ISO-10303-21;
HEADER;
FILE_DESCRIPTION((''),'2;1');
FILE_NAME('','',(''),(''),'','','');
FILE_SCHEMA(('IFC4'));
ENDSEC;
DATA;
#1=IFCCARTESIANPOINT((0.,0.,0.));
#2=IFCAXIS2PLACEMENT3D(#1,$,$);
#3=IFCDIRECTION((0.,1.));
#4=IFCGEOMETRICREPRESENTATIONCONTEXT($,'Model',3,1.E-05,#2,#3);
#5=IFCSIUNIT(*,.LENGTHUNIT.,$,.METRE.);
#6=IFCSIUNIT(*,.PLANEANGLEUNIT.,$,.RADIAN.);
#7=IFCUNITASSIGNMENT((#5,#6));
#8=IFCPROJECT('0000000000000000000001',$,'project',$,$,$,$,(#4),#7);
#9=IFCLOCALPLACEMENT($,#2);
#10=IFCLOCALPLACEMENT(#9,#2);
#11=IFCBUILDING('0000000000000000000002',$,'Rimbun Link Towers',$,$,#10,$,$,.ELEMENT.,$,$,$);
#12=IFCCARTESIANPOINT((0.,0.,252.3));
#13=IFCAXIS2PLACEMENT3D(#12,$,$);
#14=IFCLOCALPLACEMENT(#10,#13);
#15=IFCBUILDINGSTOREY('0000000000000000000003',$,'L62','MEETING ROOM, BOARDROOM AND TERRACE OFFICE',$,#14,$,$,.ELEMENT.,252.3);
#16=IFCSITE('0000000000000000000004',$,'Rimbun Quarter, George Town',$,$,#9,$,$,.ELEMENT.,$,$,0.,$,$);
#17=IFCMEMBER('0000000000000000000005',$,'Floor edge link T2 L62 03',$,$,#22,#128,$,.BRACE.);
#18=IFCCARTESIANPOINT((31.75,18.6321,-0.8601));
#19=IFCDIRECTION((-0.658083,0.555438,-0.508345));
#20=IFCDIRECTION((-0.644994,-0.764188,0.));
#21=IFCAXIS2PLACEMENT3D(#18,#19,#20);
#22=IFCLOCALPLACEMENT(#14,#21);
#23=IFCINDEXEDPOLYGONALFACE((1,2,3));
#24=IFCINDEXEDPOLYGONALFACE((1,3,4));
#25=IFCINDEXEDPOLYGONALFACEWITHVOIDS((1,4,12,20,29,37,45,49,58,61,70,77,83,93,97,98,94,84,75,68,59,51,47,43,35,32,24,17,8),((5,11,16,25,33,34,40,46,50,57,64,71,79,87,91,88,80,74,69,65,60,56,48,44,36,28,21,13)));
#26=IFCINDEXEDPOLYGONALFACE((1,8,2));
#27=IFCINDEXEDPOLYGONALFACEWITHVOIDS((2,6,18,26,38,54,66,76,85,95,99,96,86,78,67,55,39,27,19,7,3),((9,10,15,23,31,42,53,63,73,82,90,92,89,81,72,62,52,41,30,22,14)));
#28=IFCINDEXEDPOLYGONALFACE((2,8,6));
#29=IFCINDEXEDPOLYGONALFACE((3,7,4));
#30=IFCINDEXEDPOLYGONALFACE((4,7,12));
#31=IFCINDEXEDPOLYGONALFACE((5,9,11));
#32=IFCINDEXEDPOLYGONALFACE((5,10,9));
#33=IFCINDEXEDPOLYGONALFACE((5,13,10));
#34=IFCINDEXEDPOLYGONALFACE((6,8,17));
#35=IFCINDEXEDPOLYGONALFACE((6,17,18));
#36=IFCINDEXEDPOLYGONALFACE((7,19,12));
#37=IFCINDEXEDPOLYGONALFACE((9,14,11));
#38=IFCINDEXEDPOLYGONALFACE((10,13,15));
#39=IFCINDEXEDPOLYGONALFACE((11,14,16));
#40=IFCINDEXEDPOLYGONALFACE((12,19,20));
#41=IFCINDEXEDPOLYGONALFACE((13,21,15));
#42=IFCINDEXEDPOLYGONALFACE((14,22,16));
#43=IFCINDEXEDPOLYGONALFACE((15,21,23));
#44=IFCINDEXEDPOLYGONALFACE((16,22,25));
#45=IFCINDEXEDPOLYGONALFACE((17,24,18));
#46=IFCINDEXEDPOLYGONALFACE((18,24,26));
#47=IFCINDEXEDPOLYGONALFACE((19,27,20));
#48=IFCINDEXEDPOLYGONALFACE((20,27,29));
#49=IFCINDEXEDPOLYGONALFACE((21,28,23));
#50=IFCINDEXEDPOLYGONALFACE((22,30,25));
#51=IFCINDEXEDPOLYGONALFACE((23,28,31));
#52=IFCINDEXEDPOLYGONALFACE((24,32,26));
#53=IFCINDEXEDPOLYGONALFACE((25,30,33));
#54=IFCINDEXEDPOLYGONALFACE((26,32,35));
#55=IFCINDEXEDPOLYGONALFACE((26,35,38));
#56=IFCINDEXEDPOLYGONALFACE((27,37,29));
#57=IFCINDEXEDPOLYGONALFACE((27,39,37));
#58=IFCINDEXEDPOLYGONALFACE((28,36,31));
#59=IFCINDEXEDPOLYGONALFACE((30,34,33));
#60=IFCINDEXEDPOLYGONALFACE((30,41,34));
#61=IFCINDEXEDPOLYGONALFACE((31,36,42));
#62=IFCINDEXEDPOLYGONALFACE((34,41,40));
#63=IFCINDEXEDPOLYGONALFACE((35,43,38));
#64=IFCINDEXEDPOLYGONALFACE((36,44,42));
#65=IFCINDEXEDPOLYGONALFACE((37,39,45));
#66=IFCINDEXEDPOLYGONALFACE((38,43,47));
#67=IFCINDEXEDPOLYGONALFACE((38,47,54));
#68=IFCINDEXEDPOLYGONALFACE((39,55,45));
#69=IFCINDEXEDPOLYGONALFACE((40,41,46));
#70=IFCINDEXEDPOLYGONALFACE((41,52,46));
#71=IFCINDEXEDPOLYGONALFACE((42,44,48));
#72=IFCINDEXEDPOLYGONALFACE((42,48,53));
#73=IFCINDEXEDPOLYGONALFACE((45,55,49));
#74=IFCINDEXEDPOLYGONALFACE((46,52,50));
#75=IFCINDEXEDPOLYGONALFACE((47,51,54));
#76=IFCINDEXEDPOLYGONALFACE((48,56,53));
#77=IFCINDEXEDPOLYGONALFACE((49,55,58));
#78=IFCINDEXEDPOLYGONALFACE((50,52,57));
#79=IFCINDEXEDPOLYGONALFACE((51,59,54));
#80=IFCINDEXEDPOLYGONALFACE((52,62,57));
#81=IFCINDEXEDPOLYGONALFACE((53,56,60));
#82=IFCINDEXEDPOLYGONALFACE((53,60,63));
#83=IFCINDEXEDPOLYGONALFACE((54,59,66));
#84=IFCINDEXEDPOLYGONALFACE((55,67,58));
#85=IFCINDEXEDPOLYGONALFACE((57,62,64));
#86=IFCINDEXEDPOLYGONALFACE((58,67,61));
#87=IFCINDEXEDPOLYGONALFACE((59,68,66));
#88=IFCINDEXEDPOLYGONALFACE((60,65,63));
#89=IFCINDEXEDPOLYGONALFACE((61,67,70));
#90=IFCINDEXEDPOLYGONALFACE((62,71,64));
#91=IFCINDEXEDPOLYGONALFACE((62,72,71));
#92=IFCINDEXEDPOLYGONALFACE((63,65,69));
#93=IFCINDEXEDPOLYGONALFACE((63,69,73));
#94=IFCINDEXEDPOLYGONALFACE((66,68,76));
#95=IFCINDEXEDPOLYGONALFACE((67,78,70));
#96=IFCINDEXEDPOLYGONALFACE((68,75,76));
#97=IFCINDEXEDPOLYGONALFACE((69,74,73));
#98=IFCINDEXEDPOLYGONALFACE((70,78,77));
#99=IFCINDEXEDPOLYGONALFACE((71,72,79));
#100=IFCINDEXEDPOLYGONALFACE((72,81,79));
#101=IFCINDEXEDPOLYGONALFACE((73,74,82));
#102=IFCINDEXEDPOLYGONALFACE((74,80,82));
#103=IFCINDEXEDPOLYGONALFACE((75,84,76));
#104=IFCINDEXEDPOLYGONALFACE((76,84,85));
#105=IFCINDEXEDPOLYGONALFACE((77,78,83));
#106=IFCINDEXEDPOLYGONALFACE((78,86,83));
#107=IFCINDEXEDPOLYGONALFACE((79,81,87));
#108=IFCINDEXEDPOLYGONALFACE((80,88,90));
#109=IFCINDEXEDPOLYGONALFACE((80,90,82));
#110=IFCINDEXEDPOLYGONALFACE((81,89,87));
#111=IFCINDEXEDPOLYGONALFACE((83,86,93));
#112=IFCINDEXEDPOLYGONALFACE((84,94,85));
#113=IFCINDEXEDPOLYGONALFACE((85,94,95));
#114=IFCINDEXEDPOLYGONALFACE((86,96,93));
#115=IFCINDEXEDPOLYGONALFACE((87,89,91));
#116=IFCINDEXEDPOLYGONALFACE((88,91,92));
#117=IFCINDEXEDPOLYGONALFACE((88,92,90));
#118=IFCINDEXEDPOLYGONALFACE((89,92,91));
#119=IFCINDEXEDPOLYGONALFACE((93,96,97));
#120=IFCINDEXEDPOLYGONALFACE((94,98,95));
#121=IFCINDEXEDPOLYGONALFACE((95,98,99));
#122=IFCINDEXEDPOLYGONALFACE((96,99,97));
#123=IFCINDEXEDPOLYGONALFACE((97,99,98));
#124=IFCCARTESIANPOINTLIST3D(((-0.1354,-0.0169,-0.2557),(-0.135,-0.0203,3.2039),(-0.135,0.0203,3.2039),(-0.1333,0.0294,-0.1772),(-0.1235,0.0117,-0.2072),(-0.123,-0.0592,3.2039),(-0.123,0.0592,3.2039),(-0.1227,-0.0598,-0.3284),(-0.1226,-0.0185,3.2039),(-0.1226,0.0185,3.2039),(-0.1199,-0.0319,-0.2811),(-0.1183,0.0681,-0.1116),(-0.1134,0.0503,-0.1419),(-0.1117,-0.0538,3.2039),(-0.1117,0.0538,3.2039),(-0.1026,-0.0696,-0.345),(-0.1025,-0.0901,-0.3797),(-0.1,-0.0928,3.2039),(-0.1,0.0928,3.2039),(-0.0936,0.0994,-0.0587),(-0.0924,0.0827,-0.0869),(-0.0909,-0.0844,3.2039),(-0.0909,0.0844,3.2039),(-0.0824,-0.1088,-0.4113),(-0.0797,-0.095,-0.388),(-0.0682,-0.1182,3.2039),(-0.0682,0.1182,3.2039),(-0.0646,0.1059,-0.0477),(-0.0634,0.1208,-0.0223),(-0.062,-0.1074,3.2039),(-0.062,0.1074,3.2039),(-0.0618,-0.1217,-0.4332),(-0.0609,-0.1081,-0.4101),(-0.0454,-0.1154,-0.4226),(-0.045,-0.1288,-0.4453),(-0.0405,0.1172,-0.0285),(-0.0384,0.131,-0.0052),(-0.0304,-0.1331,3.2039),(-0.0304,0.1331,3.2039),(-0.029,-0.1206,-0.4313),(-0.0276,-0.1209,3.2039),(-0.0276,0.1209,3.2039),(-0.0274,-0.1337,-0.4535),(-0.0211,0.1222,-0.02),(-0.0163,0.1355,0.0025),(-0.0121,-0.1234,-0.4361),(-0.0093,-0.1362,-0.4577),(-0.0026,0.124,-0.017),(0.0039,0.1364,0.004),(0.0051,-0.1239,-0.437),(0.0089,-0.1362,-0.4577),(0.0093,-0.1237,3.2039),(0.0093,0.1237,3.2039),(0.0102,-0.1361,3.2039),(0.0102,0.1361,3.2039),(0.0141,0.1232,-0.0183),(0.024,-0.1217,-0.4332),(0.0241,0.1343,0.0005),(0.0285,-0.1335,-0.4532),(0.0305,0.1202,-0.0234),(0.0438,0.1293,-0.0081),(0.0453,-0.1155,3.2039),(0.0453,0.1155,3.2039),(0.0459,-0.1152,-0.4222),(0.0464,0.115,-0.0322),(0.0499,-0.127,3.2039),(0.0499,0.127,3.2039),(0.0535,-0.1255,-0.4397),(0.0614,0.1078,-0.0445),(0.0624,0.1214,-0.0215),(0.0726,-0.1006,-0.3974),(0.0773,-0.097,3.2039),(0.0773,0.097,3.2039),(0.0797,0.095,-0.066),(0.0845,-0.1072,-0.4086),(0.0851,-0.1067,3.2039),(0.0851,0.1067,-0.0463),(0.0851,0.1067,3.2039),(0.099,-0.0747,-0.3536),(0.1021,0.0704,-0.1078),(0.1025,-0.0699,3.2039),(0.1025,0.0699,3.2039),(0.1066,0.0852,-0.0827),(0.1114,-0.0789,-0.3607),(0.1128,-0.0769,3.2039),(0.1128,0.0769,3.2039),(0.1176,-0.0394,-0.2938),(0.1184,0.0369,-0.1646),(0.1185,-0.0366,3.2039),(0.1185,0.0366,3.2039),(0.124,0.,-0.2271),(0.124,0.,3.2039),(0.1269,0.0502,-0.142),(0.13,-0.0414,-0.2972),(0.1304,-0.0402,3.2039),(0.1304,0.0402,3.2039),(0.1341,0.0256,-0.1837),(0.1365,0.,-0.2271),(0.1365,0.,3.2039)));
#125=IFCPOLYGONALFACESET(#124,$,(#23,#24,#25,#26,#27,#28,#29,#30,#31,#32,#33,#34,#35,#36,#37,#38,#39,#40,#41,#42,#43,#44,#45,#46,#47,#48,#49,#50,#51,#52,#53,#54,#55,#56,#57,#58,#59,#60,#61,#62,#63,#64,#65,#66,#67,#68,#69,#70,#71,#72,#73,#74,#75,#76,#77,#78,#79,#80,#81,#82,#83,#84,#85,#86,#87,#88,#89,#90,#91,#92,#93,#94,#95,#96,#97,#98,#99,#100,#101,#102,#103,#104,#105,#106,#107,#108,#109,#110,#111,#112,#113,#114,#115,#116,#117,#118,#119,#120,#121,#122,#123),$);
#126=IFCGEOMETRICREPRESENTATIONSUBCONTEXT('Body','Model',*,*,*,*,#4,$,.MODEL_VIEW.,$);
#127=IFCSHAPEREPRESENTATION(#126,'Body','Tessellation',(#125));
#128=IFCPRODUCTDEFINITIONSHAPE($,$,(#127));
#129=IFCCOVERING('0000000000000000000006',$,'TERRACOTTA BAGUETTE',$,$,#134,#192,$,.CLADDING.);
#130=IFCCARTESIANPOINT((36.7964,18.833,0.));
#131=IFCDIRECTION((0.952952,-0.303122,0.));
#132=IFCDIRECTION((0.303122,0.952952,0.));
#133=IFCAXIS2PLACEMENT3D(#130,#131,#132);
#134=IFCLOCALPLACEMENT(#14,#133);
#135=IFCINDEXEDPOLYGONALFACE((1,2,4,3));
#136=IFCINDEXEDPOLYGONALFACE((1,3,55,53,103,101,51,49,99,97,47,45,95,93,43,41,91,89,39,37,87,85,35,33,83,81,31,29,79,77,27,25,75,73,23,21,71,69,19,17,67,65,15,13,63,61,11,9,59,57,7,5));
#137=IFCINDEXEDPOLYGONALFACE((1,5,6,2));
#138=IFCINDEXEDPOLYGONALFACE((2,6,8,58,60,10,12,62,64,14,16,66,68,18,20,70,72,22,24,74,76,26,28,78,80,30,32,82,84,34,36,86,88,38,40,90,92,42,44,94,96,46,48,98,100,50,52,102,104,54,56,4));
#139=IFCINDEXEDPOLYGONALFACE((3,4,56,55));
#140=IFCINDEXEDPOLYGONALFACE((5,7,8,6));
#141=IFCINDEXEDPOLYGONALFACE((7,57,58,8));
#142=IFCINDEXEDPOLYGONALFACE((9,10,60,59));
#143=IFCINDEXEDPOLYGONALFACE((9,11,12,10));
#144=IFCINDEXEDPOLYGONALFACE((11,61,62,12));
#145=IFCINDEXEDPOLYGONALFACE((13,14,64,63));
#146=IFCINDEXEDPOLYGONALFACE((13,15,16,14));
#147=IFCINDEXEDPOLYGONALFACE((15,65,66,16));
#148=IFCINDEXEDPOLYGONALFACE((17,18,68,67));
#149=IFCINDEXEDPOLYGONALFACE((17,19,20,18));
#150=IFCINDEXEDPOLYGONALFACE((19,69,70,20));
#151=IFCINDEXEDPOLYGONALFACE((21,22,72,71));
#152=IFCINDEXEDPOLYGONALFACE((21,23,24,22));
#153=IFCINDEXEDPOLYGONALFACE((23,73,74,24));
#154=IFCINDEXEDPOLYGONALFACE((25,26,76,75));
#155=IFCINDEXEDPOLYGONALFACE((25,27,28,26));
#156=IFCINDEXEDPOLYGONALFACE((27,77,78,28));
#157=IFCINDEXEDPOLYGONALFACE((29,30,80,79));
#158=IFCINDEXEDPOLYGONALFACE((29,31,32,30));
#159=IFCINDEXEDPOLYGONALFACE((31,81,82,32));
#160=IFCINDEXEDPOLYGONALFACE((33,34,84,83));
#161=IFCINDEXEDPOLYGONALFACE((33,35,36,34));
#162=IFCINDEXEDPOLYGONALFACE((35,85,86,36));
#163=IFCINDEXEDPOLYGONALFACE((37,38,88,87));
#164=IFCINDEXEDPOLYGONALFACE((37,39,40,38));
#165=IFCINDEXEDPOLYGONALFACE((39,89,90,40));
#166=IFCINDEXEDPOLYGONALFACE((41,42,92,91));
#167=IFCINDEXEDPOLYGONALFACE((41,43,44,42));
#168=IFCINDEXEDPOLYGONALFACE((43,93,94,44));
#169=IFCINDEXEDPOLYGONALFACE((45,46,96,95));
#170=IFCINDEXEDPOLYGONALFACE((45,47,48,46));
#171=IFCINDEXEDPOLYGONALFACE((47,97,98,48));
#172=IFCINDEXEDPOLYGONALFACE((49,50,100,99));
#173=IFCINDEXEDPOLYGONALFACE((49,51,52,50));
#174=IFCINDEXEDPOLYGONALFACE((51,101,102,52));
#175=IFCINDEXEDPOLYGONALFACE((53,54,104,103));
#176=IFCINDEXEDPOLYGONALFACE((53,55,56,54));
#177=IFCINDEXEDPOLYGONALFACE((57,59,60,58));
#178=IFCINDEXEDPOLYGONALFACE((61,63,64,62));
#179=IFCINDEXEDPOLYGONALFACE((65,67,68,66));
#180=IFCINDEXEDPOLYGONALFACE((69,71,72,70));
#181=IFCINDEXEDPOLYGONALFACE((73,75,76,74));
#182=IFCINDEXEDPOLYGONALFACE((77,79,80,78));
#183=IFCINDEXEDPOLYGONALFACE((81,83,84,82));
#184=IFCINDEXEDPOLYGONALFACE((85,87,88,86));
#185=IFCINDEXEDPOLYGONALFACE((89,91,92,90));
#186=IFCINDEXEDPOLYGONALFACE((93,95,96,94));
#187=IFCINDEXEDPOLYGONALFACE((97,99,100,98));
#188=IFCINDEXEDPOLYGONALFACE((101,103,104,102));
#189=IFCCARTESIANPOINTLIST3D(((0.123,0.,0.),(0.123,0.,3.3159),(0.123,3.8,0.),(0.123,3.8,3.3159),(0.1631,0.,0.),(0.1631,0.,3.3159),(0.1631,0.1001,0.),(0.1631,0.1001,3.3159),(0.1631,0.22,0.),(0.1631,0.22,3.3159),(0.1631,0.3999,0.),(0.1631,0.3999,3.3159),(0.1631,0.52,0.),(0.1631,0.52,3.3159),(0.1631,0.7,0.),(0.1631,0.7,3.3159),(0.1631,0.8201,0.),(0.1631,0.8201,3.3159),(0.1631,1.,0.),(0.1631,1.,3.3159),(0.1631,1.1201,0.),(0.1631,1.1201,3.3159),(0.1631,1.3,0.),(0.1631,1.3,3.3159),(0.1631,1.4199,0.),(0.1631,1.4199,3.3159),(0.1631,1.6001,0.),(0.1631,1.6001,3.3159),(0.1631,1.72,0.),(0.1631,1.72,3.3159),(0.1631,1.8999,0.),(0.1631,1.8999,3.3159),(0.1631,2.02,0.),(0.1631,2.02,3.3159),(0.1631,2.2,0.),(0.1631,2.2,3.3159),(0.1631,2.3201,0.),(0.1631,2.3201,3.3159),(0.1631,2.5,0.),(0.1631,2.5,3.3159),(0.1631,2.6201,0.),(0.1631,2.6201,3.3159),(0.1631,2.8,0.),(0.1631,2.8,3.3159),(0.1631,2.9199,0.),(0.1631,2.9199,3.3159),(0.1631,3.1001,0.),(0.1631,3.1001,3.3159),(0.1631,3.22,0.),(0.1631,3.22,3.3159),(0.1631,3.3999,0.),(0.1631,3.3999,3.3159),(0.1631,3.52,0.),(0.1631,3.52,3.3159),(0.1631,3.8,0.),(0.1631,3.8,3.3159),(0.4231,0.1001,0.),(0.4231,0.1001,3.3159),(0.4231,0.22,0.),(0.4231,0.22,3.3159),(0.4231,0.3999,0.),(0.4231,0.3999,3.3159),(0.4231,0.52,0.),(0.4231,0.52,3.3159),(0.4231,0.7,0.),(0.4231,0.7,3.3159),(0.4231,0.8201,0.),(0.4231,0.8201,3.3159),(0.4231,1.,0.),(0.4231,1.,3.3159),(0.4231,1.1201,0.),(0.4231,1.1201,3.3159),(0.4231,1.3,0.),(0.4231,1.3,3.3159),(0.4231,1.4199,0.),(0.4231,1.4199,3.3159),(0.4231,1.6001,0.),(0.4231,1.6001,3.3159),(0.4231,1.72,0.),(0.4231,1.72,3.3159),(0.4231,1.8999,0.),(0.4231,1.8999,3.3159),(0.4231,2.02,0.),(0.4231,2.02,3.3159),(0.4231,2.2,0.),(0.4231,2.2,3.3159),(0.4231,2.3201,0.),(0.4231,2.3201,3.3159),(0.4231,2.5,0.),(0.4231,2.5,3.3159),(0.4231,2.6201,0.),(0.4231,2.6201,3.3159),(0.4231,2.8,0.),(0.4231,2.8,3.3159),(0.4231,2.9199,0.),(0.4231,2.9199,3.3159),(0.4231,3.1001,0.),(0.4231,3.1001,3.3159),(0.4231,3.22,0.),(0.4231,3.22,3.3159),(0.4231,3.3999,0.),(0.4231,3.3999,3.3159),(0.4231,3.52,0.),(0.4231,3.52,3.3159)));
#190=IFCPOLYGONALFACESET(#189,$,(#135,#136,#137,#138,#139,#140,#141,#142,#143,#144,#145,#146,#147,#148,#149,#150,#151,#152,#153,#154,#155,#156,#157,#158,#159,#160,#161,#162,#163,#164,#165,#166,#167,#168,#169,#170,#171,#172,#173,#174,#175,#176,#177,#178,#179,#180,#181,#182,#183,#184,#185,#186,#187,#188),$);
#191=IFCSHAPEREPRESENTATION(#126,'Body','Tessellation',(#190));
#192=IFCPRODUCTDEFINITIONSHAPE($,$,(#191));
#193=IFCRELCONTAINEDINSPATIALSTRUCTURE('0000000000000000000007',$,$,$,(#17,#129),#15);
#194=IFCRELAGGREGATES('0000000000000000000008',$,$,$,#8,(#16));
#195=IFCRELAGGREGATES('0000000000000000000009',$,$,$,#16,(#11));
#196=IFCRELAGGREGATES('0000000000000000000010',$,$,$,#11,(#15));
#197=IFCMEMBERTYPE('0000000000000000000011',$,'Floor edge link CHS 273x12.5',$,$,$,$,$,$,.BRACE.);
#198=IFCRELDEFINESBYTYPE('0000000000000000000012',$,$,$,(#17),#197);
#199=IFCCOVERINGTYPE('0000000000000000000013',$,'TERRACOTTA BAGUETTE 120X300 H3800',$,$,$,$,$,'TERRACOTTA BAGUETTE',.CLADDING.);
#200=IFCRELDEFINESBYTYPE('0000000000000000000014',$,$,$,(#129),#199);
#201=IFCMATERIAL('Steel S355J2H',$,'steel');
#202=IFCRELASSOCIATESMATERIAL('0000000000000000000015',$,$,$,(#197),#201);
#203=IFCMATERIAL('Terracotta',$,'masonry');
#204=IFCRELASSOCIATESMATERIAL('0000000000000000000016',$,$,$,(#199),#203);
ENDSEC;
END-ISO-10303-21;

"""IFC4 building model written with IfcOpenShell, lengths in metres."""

from ifc_helpers import new_model, si_unit, direction, frame, origin, origin_2d, place, context, subcontext, project, spatial, polyline, hollow_circle, outline, extrude, clip, halfspace, material, material_profile, profile_set, type_object, element, save


model = new_model("IFC4")

# Units and contexts
model_context = context("Model", 3, precision=1e-05, world=origin(), true_north=direction((0.0, 1.0)))
body_context = subcontext(model_context, "Body", "Model", "MODEL_VIEW")
ifc_project = project(units=[si_unit("LENGTHUNIT", "METRE"), si_unit("PLANEANGLEUNIT", "RADIAN")], contexts=[model_context])

# Site, building, storey
site_placement = place(None, origin())
site = spatial("IfcSite", under=ifc_project, at=site_placement, Name="Rimbun Quarter, George Town", CompositionType="ELEMENT", RefElevation=0.0)
building_placement = place(site_placement, origin())
building = spatial("IfcBuilding", under=site, at=building_placement, Name="Rimbun Link Towers", CompositionType="ELEMENT")
storey_placement = place(building_placement, frame((0.0, 0.0, 252.3)))
storey = spatial("IfcBuildingStorey", under=building, at=storey_placement, Name="L62", Description="MEETING ROOM, BOARDROOM AND TERRACE OFFICE", CompositionType="ELEMENT", Elevation=252.3)

# Member
ifc_material_1 = material(Name="Steel S355J2H", Category="steel")
ifc_material_profile_1 = material_profile(ifc_material_1, hollow_circle(Radius=0.1365, WallThickness=0.0125, at=origin_2d()), Name="CHS 273x12.5")
ifc_profile_set_1 = profile_set([ifc_material_profile_1], Name="Steel S355J2H")
member_type_1 = type_object("IfcMemberType", Name="Floor edge link CHS 273x12.5", PredefinedType="BRACE", material=ifc_profile_set_1)
member_1_placement = place(storey_placement, frame((31.75, 18.6321, -0.8601), z_axis=(-0.658083, 0.555438, -0.508345), x_axis=(-0.644994, -0.764188, 0.0)))
element("IfcMember", 1, at=member_1_placement, inside=storey, type_object=member_type_1, Name="Floor edge link T2 L62 03", PredefinedType="BRACE", context=body_context, shape_type="Clipping", body=[
    clip(extrude(hollow_circle(Radius=0.1365, WallThickness=0.0125, at=origin_2d()), frame((0.0, 0.0, -0.4822)), (0.0, 0.0, 1.0), 3.686), halfspace(frame((0.0, 0.0, -0.2271), z_axis=(0.0, 0.861153, -0.508345)), False)),
])

# Covering
ifc_material_2 = material(Name="Terracotta", Category="masonry")
ifc_material_profile_2 = material_profile(ifc_material_2, outline(polyline([(0.123, 0.0), (0.1631, 0.0), (0.1631, 0.1001), (0.4231, 0.1001), (0.4231, 0.22), (0.1631, 0.22), (0.1631, 0.3999), (0.4231, 0.3999), (0.4231, 0.52), (0.1631, 0.52), (0.1631, 0.7), (0.4231, 0.7), (0.4231, 0.8201), (0.1631, 0.8201), (0.1631, 1.0), (0.4231, 1.0), (0.4231, 1.1201), (0.1631, 1.1201), (0.1631, 1.3), (0.4231, 1.3), (0.4231, 1.4199), (0.1631, 1.4199), (0.1631, 1.6001), (0.4231, 1.6001), (0.4231, 1.72), (0.1631, 1.72), (0.1631, 1.8999), (0.4231, 1.8999), (0.4231, 2.02), (0.1631, 2.02), (0.1631, 2.2), (0.4231, 2.2), (0.4231, 2.3201), (0.1631, 2.3201), (0.1631, 2.5), (0.4231, 2.5), (0.4231, 2.6201), (0.1631, 2.6201), (0.1631, 2.8), (0.4231, 2.8), (0.4231, 2.9199), (0.1631, 2.9199), (0.1631, 3.1001), (0.4231, 3.1001), (0.4231, 3.22), (0.1631, 3.22), (0.1631, 3.3999), (0.4231, 3.3999), (0.4231, 3.52), (0.1631, 3.52), (0.1631, 3.8), (0.123, 3.8), (0.123, 0.0)])), Name="BAGUETTE 120X300")
ifc_profile_set_2 = profile_set([ifc_material_profile_2], Name="Terracotta")
covering_type = type_object("IfcCoveringType", Name="TERRACOTTA BAGUETTE 120X300 H3800", ElementType="TERRACOTTA BAGUETTE", PredefinedType="CLADDING", material=ifc_profile_set_2)
covering_1_placement = place(storey_placement, frame((36.7964, 18.833, 0.0), z_axis=(0.952952, -0.303122, 0.0), x_axis=(0.303122, 0.952952, 0.0)))
element("IfcCovering", 2, at=covering_1_placement, inside=storey, type_object=covering_type, Name="TERRACOTTA BAGUETTE", PredefinedType="CLADDING", context=body_context, shape_type="SweptSolid", body=[
    extrude(outline(polyline([(0.123, 0.0), (0.1631, 0.0), (0.1631, 0.1001), (0.4231, 0.1001), (0.4231, 0.22), (0.1631, 0.22), (0.1631, 0.3999), (0.4231, 0.3999), (0.4231, 0.52), (0.1631, 0.52), (0.1631, 0.7), (0.4231, 0.7), (0.4231, 0.8201), (0.1631, 0.8201), (0.1631, 1.0), (0.4231, 1.0), (0.4231, 1.1201), (0.1631, 1.1201), (0.1631, 1.3), (0.4231, 1.3), (0.4231, 1.4199), (0.1631, 1.4199), (0.1631, 1.6001), (0.4231, 1.6001), (0.4231, 1.72), (0.1631, 1.72), (0.1631, 1.8999), (0.4231, 1.8999), (0.4231, 2.02), (0.1631, 2.02), (0.1631, 2.2), (0.4231, 2.2), (0.4231, 2.3201), (0.1631, 2.3201), (0.1631, 2.5), (0.4231, 2.5), (0.4231, 2.6201), (0.1631, 2.6201), (0.1631, 2.8), (0.4231, 2.8), (0.4231, 2.9199), (0.1631, 2.9199), (0.1631, 3.1001), (0.4231, 3.1001), (0.4231, 3.22), (0.1631, 3.22), (0.1631, 3.3999), (0.4231, 3.3999), (0.4231, 3.52), (0.1631, 3.52), (0.1631, 3.8), (0.123, 3.8), (0.123, 0.0)])), origin(), (0.0, 0.0, 1.0), 3.3159),
])

save(model, "model.ifc")
